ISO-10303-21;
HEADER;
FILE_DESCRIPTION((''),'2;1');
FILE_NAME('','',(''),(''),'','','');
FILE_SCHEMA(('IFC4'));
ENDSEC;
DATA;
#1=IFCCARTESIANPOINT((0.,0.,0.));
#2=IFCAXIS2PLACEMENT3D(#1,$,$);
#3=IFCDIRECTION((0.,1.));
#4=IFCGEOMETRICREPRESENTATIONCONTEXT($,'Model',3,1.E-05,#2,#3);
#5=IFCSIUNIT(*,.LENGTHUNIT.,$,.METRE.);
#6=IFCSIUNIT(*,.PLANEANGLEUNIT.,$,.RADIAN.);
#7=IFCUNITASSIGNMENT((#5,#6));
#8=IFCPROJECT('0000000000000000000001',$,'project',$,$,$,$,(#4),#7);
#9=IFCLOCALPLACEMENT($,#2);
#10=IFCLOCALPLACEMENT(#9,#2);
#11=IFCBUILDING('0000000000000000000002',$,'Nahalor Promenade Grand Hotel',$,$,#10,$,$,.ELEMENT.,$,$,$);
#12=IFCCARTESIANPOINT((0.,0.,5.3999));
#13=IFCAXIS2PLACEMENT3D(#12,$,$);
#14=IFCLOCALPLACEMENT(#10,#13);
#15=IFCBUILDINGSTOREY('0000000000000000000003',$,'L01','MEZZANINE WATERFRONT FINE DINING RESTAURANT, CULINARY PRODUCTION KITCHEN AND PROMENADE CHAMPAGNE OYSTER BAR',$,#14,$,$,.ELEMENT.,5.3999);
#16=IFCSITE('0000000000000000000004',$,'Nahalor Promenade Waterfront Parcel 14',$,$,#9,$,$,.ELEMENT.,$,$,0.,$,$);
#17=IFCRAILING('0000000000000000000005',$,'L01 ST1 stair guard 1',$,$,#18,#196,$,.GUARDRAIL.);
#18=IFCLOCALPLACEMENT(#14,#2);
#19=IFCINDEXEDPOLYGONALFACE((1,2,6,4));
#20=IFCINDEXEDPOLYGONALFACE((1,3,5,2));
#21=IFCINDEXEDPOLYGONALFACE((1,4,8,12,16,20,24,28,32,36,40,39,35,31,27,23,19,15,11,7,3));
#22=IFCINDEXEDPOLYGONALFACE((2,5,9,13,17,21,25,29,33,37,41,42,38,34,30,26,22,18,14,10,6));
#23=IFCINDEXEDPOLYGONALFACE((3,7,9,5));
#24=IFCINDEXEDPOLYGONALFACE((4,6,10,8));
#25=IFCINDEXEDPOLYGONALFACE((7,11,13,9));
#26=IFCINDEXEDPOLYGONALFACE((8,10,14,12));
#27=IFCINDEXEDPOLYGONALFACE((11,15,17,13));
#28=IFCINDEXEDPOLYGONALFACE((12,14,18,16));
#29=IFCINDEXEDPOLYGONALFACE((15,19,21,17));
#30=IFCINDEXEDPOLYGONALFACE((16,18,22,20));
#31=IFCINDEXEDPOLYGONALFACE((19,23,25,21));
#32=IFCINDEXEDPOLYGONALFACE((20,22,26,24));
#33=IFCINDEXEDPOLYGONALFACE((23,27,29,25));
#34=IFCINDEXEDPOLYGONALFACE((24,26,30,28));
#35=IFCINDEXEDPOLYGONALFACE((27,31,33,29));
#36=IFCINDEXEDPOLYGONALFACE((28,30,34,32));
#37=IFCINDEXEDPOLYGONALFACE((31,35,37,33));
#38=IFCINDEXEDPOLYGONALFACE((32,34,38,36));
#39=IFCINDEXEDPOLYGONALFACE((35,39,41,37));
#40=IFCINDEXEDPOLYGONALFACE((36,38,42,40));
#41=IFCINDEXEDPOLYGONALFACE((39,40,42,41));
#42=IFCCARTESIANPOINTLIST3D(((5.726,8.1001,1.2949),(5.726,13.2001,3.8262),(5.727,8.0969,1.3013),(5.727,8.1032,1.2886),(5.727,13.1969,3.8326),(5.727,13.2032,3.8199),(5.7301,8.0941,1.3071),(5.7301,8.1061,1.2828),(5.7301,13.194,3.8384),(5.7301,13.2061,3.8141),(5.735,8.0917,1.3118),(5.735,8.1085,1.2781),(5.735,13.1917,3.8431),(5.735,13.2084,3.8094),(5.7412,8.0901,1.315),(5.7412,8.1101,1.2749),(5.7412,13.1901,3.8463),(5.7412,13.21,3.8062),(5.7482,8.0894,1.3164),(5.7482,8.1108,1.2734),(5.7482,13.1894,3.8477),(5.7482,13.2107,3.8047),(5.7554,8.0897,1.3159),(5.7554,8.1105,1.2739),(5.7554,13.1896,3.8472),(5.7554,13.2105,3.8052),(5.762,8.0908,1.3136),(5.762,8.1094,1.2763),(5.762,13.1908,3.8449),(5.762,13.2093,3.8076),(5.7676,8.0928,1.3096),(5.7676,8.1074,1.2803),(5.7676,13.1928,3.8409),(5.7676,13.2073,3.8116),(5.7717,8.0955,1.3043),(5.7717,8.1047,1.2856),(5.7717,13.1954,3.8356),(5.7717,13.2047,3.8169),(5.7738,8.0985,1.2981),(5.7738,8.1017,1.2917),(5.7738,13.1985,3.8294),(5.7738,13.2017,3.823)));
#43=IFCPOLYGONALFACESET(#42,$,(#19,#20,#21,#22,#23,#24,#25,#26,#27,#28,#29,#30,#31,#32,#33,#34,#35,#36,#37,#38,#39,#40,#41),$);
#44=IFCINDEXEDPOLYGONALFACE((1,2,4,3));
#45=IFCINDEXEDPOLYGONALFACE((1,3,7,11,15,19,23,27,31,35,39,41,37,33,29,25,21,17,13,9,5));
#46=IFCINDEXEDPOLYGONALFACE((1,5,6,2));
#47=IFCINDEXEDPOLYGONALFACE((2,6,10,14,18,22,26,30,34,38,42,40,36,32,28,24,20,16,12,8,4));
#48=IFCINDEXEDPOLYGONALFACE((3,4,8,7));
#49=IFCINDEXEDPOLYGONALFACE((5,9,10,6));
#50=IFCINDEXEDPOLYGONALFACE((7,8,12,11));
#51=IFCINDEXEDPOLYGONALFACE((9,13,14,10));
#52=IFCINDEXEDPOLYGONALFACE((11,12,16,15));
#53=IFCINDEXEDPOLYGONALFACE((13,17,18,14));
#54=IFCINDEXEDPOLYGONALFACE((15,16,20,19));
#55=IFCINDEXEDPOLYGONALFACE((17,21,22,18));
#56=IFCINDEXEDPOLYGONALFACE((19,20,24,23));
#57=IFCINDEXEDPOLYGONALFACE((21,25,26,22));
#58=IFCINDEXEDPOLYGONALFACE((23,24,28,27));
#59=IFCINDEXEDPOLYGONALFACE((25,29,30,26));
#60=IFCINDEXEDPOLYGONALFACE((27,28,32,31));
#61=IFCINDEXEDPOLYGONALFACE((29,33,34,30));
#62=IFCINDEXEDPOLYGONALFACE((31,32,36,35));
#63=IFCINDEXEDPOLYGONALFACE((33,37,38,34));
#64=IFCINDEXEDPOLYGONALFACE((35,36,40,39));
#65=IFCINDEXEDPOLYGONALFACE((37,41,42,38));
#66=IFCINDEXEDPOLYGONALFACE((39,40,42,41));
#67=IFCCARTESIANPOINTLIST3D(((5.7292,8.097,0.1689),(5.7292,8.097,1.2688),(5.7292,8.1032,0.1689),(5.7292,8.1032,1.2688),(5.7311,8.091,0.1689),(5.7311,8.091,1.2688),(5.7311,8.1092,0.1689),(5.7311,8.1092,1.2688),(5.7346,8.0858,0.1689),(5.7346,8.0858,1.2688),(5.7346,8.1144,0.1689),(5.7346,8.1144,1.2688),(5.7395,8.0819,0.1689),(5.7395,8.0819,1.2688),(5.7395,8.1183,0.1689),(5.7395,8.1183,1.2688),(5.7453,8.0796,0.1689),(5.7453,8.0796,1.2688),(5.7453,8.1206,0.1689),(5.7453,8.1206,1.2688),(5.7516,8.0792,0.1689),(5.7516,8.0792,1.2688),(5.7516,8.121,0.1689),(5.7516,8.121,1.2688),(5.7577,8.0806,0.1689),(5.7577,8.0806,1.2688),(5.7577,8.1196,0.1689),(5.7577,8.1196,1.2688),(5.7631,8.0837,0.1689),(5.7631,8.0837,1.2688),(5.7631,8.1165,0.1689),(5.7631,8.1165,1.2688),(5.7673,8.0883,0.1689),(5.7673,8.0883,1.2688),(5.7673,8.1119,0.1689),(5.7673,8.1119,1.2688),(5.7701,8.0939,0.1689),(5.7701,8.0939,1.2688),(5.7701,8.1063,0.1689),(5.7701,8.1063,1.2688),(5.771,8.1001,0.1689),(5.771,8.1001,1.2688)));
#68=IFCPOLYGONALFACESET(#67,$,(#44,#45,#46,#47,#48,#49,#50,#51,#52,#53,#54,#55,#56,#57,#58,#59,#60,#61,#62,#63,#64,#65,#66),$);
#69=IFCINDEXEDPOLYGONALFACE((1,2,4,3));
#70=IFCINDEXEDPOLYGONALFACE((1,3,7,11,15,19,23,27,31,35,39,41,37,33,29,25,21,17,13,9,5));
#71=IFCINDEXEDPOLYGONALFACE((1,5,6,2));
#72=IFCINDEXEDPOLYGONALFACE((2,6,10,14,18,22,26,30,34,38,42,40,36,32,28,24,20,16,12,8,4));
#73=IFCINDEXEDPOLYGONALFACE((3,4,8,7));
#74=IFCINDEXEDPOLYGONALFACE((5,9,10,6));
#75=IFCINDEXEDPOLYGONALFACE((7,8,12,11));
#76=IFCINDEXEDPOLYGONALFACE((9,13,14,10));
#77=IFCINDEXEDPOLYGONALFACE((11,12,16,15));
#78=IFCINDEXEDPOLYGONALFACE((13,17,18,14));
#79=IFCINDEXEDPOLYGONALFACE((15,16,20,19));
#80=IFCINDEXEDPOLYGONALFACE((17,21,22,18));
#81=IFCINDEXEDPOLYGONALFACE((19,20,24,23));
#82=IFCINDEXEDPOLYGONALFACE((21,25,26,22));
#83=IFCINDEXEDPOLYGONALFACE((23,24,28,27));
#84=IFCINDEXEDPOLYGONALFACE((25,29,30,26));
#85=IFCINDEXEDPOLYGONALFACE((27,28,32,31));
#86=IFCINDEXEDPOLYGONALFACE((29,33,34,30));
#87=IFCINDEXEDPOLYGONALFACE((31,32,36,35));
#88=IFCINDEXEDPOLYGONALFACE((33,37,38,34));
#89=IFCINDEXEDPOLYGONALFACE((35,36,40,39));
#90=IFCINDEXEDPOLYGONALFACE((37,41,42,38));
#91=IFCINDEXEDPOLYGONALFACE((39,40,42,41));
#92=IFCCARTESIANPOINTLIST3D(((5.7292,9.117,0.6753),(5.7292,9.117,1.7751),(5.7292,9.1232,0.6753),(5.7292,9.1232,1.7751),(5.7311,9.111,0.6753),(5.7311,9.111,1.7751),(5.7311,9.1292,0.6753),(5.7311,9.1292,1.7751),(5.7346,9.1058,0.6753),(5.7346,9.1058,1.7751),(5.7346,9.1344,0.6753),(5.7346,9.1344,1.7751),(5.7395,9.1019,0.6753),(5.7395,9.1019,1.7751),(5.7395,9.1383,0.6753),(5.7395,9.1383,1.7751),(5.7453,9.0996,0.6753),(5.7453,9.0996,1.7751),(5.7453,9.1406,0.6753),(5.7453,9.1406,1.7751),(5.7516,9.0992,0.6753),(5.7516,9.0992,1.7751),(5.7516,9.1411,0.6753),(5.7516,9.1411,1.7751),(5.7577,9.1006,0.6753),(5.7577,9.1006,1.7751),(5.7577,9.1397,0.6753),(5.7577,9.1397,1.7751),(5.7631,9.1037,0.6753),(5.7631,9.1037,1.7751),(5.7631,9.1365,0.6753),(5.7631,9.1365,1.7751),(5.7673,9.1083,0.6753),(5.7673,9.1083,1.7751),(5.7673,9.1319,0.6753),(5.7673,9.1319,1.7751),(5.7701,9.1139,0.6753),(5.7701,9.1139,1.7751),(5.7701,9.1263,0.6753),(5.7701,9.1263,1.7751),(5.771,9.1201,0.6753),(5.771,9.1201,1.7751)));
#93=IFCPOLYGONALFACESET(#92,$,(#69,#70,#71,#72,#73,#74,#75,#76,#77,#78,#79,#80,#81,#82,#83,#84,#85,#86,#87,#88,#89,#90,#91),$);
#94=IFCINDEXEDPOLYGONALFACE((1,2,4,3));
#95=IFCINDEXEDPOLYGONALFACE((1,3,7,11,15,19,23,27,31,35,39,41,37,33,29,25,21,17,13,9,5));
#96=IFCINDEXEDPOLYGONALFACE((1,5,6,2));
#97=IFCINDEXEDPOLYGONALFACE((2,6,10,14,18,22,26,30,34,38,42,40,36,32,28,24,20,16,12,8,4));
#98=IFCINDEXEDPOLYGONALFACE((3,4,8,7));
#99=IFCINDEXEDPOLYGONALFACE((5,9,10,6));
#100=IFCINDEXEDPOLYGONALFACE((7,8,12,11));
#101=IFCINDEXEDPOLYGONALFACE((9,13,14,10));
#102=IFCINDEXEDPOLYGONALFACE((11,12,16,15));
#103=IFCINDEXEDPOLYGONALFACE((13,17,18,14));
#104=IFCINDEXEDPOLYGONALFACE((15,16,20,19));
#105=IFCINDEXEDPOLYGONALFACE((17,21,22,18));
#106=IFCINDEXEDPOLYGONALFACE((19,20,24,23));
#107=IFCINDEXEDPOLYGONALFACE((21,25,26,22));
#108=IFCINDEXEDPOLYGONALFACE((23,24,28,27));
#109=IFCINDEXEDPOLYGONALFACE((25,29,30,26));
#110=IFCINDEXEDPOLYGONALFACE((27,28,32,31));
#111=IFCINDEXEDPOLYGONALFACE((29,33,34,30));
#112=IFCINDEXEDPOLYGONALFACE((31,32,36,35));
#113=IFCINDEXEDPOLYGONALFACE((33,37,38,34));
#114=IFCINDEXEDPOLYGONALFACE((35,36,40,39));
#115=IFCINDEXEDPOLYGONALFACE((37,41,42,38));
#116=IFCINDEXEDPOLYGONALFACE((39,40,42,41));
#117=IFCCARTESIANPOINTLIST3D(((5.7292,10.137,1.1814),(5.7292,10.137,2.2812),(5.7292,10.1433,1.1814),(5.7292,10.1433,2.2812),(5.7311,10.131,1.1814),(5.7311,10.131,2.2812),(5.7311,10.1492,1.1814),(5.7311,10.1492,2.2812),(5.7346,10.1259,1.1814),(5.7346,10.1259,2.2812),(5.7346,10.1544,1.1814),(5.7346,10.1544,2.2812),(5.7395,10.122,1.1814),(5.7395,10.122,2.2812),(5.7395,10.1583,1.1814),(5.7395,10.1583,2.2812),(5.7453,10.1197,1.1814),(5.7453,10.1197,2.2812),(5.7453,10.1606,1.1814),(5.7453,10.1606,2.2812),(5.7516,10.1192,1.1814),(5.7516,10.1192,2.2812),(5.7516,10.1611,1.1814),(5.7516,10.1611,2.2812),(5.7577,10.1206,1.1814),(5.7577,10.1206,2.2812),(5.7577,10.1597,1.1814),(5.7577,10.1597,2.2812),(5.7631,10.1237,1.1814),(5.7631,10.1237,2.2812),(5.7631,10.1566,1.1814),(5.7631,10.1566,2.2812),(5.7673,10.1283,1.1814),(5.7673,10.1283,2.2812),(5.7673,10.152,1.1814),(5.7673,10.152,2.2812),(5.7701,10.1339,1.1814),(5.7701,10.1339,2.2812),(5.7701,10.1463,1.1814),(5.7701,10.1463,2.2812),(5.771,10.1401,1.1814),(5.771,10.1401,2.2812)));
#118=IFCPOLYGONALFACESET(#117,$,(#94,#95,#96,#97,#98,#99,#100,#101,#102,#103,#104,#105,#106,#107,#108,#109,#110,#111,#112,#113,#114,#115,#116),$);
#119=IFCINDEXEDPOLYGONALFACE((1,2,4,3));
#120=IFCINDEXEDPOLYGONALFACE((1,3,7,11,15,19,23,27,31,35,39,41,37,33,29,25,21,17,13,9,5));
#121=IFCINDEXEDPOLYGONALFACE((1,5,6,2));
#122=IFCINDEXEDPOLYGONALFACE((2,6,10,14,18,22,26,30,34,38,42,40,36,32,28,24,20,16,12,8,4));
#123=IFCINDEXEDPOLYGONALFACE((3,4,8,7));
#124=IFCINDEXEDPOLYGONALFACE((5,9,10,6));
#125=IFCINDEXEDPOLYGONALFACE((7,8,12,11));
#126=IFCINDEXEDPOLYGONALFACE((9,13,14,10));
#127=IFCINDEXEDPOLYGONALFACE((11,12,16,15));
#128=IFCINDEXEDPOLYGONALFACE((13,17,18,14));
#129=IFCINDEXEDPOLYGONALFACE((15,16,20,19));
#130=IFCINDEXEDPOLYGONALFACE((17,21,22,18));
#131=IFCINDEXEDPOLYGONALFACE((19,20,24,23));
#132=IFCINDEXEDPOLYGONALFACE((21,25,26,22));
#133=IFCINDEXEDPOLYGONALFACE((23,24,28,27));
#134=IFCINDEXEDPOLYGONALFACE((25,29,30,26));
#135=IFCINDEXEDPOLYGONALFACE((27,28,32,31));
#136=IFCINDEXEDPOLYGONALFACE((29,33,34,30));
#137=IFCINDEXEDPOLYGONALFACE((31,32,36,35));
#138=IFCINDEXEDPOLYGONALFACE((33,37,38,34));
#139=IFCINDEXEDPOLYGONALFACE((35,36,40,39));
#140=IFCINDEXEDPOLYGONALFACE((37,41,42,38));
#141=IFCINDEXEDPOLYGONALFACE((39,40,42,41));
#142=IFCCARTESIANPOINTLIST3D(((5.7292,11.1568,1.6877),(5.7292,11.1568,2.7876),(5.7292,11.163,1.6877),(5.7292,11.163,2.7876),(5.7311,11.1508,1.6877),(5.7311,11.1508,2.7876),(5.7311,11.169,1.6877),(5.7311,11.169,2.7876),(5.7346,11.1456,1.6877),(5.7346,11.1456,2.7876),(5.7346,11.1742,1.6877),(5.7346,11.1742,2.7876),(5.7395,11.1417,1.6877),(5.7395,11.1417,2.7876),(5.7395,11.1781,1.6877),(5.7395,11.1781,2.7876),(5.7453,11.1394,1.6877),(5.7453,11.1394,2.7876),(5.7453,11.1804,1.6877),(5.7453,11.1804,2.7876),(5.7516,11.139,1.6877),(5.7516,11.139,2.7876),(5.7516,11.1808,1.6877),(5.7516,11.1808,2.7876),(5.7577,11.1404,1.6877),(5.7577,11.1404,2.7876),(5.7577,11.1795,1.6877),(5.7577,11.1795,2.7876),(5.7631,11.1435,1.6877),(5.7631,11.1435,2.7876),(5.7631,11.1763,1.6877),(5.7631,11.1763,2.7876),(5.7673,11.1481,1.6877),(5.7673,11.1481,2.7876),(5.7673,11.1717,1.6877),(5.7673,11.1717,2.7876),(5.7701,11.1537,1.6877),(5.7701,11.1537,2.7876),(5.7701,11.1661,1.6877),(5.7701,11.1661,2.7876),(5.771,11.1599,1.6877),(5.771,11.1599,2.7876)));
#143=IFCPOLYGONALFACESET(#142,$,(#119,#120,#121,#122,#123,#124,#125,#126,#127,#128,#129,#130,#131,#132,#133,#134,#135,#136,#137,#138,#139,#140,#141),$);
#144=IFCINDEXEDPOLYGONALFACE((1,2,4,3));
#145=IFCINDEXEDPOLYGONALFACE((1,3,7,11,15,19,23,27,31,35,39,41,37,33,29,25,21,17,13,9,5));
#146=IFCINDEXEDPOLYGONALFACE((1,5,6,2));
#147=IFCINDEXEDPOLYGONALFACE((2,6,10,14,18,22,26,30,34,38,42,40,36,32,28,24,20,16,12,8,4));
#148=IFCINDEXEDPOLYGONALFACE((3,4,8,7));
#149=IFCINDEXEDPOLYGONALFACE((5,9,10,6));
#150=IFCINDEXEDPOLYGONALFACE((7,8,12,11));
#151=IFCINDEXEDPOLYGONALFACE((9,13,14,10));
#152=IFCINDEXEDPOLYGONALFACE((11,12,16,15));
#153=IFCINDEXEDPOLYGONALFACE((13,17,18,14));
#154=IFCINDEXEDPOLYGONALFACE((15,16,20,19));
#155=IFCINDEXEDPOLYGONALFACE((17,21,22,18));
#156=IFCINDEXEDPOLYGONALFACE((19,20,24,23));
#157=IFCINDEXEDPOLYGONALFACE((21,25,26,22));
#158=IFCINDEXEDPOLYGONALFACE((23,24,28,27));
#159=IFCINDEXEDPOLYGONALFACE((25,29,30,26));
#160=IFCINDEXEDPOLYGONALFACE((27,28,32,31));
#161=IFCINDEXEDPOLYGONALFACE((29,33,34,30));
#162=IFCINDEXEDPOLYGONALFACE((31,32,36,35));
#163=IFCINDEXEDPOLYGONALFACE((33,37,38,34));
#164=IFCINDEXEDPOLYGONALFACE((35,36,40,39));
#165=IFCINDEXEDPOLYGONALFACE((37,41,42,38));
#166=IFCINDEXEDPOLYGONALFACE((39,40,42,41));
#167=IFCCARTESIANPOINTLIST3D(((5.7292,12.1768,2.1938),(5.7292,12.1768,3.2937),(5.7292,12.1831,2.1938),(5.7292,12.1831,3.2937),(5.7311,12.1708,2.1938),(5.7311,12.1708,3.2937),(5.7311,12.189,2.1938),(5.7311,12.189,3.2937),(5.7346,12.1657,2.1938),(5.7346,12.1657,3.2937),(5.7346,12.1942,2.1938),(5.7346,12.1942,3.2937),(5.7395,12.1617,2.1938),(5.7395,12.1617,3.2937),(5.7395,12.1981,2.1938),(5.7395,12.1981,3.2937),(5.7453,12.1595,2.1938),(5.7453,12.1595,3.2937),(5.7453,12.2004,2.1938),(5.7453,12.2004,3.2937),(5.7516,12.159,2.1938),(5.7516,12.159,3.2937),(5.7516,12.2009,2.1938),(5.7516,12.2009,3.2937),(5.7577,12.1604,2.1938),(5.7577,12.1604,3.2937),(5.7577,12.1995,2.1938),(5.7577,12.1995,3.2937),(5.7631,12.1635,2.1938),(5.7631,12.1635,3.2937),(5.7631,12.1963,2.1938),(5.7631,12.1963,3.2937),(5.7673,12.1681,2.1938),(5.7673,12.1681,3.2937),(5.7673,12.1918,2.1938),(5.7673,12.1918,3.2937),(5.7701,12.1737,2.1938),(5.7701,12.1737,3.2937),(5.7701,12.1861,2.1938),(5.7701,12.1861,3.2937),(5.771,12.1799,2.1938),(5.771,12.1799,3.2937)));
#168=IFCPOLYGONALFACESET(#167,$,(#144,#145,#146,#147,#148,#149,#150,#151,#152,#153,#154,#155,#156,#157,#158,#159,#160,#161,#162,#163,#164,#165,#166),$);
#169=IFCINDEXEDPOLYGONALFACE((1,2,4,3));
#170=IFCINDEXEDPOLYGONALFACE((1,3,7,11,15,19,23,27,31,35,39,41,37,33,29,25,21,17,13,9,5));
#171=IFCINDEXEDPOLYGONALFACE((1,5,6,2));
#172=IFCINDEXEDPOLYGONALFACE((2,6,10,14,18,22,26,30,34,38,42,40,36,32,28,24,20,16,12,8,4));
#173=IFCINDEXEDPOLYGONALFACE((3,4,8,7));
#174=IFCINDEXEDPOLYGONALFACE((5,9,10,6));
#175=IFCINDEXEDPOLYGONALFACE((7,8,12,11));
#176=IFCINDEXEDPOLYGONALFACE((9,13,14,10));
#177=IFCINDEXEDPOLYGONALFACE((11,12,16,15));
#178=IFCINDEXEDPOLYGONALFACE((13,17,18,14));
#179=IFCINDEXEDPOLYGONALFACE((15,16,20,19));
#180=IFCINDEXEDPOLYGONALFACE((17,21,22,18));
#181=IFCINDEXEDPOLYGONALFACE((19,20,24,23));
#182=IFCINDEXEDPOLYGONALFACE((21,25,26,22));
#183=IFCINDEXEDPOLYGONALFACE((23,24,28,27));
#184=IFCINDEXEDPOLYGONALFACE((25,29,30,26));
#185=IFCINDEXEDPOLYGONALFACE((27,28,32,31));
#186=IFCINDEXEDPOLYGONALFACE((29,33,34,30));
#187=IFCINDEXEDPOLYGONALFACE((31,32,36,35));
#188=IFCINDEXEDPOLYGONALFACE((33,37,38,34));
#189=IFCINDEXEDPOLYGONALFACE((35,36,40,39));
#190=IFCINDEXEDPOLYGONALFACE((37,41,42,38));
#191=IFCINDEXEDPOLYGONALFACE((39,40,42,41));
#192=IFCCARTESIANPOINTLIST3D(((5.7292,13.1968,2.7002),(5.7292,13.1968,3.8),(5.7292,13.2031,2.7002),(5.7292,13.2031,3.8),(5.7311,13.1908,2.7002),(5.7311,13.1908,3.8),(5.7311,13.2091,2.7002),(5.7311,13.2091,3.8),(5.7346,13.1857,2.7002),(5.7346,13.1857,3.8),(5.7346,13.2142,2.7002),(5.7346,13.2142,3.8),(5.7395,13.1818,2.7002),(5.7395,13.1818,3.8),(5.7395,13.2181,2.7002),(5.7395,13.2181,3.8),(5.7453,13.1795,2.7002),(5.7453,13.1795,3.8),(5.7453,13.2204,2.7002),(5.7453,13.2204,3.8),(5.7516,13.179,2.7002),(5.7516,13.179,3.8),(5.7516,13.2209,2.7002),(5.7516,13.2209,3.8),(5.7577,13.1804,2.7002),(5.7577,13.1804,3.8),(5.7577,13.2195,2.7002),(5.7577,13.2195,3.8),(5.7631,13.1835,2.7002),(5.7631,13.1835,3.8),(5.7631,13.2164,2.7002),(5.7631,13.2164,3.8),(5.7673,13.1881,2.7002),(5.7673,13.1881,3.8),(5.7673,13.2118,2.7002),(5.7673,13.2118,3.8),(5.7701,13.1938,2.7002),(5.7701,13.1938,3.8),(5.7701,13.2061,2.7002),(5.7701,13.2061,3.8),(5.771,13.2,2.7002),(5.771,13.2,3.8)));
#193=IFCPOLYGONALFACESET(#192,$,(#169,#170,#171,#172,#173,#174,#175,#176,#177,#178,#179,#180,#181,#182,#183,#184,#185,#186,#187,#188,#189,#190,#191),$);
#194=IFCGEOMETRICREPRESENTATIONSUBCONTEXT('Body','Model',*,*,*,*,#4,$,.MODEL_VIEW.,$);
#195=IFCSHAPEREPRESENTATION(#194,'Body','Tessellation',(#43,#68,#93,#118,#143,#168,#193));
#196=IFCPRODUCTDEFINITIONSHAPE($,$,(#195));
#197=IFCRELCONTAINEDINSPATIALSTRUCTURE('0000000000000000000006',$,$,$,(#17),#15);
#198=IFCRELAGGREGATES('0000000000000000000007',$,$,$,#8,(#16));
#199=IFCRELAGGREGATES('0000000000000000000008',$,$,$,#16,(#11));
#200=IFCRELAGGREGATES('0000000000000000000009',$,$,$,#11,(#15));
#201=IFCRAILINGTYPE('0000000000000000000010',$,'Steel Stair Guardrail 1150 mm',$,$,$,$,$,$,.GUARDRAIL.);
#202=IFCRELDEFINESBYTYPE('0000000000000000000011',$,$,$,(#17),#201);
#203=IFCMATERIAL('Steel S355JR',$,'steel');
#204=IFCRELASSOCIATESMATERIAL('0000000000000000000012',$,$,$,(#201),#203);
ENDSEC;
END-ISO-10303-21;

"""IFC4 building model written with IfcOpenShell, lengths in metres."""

from ifc_helpers import new_model, si_unit, direction, frame, origin, origin_2d, place, context, subcontext, project, spatial, circle, extrude, material, type_object, element, save


model = new_model("IFC4")

# Units and contexts
model_context = context("Model", 3, precision=1e-05, world=origin(), true_north=direction((0.0, 1.0)))
body_context = subcontext(model_context, "Body", "Model", "MODEL_VIEW")
ifc_project = project(units=[si_unit("LENGTHUNIT", "METRE"), si_unit("PLANEANGLEUNIT", "RADIAN")], contexts=[model_context])

# Site, building, storey
site_placement = place(None, origin())
site = spatial("IfcSite", under=ifc_project, at=site_placement, Name="Nahalor Promenade Waterfront Parcel 14", CompositionType="ELEMENT", RefElevation=0.0)
building_placement = place(site_placement, origin())
building = spatial("IfcBuilding", under=site, at=building_placement, Name="Nahalor Promenade Grand Hotel", CompositionType="ELEMENT")
storey_placement = place(building_placement, frame((0.0, 0.0, 5.3999)))
storey = spatial("IfcBuildingStorey", under=building, at=storey_placement, Name="L01", Description="MEZZANINE WATERFRONT FINE DINING RESTAURANT, CULINARY PRODUCTION KITCHEN AND PROMENADE CHAMPAGNE OYSTER BAR", CompositionType="ELEMENT", Elevation=5.3999)

# Shared definitions
ifc_material_1 = material(Name="Steel S355JR", Category="steel")

# Railing
railing_type_1 = type_object("IfcRailingType", Name="Steel Stair Guardrail 1150 mm", PredefinedType="GUARDRAIL", material=ifc_material_1)
railing_1_placement = place(storey_placement, frame((5.75, 8.1001, 0.1689)))
element("IfcRailing", 1, at=railing_1_placement, inside=storey, type_object=railing_type_1, Name="L01 ST1 stair guard 1", PredefinedType="GUARDRAIL", context=body_context, shape_type="SweptSolid", body=[
    extrude(circle(Radius=0.024, at=origin_2d()), frame((0.0, 0.0, 1.126), z_axis=(0.0, 0.895735, 0.444587), x_axis=(-1.0, 0.0, 0.0)), (0.0, 0.0, 1.0), 5.6936),
    extrude(circle(Radius=0.021, at=origin_2d()), origin(), (0.0, 0.0, 1.0), 1.0999),
    extrude(circle(Radius=0.021, at=origin_2d()), frame((0.0, 1.02, 0.5063)), (0.0, 0.0, 1.0), 1.0999),
    extrude(circle(Radius=0.021, at=origin_2d()), frame((0.0, 2.04, 1.0125)), (0.0, 0.0, 1.0), 1.0999),
    extrude(circle(Radius=0.021, at=origin_2d()), frame((0.0, 3.0598, 1.5188)), (0.0, 0.0, 1.0), 1.0999),
    extrude(circle(Radius=0.021, at=origin_2d()), frame((0.0, 4.0798, 2.0249)), (0.0, 0.0, 1.0), 1.0999),
    extrude(circle(Radius=0.021, at=origin_2d()), frame((0.0, 5.0999, 2.5312)), (0.0, 0.0, 1.0), 1.0999),
])

save(model, "model.ifc")
